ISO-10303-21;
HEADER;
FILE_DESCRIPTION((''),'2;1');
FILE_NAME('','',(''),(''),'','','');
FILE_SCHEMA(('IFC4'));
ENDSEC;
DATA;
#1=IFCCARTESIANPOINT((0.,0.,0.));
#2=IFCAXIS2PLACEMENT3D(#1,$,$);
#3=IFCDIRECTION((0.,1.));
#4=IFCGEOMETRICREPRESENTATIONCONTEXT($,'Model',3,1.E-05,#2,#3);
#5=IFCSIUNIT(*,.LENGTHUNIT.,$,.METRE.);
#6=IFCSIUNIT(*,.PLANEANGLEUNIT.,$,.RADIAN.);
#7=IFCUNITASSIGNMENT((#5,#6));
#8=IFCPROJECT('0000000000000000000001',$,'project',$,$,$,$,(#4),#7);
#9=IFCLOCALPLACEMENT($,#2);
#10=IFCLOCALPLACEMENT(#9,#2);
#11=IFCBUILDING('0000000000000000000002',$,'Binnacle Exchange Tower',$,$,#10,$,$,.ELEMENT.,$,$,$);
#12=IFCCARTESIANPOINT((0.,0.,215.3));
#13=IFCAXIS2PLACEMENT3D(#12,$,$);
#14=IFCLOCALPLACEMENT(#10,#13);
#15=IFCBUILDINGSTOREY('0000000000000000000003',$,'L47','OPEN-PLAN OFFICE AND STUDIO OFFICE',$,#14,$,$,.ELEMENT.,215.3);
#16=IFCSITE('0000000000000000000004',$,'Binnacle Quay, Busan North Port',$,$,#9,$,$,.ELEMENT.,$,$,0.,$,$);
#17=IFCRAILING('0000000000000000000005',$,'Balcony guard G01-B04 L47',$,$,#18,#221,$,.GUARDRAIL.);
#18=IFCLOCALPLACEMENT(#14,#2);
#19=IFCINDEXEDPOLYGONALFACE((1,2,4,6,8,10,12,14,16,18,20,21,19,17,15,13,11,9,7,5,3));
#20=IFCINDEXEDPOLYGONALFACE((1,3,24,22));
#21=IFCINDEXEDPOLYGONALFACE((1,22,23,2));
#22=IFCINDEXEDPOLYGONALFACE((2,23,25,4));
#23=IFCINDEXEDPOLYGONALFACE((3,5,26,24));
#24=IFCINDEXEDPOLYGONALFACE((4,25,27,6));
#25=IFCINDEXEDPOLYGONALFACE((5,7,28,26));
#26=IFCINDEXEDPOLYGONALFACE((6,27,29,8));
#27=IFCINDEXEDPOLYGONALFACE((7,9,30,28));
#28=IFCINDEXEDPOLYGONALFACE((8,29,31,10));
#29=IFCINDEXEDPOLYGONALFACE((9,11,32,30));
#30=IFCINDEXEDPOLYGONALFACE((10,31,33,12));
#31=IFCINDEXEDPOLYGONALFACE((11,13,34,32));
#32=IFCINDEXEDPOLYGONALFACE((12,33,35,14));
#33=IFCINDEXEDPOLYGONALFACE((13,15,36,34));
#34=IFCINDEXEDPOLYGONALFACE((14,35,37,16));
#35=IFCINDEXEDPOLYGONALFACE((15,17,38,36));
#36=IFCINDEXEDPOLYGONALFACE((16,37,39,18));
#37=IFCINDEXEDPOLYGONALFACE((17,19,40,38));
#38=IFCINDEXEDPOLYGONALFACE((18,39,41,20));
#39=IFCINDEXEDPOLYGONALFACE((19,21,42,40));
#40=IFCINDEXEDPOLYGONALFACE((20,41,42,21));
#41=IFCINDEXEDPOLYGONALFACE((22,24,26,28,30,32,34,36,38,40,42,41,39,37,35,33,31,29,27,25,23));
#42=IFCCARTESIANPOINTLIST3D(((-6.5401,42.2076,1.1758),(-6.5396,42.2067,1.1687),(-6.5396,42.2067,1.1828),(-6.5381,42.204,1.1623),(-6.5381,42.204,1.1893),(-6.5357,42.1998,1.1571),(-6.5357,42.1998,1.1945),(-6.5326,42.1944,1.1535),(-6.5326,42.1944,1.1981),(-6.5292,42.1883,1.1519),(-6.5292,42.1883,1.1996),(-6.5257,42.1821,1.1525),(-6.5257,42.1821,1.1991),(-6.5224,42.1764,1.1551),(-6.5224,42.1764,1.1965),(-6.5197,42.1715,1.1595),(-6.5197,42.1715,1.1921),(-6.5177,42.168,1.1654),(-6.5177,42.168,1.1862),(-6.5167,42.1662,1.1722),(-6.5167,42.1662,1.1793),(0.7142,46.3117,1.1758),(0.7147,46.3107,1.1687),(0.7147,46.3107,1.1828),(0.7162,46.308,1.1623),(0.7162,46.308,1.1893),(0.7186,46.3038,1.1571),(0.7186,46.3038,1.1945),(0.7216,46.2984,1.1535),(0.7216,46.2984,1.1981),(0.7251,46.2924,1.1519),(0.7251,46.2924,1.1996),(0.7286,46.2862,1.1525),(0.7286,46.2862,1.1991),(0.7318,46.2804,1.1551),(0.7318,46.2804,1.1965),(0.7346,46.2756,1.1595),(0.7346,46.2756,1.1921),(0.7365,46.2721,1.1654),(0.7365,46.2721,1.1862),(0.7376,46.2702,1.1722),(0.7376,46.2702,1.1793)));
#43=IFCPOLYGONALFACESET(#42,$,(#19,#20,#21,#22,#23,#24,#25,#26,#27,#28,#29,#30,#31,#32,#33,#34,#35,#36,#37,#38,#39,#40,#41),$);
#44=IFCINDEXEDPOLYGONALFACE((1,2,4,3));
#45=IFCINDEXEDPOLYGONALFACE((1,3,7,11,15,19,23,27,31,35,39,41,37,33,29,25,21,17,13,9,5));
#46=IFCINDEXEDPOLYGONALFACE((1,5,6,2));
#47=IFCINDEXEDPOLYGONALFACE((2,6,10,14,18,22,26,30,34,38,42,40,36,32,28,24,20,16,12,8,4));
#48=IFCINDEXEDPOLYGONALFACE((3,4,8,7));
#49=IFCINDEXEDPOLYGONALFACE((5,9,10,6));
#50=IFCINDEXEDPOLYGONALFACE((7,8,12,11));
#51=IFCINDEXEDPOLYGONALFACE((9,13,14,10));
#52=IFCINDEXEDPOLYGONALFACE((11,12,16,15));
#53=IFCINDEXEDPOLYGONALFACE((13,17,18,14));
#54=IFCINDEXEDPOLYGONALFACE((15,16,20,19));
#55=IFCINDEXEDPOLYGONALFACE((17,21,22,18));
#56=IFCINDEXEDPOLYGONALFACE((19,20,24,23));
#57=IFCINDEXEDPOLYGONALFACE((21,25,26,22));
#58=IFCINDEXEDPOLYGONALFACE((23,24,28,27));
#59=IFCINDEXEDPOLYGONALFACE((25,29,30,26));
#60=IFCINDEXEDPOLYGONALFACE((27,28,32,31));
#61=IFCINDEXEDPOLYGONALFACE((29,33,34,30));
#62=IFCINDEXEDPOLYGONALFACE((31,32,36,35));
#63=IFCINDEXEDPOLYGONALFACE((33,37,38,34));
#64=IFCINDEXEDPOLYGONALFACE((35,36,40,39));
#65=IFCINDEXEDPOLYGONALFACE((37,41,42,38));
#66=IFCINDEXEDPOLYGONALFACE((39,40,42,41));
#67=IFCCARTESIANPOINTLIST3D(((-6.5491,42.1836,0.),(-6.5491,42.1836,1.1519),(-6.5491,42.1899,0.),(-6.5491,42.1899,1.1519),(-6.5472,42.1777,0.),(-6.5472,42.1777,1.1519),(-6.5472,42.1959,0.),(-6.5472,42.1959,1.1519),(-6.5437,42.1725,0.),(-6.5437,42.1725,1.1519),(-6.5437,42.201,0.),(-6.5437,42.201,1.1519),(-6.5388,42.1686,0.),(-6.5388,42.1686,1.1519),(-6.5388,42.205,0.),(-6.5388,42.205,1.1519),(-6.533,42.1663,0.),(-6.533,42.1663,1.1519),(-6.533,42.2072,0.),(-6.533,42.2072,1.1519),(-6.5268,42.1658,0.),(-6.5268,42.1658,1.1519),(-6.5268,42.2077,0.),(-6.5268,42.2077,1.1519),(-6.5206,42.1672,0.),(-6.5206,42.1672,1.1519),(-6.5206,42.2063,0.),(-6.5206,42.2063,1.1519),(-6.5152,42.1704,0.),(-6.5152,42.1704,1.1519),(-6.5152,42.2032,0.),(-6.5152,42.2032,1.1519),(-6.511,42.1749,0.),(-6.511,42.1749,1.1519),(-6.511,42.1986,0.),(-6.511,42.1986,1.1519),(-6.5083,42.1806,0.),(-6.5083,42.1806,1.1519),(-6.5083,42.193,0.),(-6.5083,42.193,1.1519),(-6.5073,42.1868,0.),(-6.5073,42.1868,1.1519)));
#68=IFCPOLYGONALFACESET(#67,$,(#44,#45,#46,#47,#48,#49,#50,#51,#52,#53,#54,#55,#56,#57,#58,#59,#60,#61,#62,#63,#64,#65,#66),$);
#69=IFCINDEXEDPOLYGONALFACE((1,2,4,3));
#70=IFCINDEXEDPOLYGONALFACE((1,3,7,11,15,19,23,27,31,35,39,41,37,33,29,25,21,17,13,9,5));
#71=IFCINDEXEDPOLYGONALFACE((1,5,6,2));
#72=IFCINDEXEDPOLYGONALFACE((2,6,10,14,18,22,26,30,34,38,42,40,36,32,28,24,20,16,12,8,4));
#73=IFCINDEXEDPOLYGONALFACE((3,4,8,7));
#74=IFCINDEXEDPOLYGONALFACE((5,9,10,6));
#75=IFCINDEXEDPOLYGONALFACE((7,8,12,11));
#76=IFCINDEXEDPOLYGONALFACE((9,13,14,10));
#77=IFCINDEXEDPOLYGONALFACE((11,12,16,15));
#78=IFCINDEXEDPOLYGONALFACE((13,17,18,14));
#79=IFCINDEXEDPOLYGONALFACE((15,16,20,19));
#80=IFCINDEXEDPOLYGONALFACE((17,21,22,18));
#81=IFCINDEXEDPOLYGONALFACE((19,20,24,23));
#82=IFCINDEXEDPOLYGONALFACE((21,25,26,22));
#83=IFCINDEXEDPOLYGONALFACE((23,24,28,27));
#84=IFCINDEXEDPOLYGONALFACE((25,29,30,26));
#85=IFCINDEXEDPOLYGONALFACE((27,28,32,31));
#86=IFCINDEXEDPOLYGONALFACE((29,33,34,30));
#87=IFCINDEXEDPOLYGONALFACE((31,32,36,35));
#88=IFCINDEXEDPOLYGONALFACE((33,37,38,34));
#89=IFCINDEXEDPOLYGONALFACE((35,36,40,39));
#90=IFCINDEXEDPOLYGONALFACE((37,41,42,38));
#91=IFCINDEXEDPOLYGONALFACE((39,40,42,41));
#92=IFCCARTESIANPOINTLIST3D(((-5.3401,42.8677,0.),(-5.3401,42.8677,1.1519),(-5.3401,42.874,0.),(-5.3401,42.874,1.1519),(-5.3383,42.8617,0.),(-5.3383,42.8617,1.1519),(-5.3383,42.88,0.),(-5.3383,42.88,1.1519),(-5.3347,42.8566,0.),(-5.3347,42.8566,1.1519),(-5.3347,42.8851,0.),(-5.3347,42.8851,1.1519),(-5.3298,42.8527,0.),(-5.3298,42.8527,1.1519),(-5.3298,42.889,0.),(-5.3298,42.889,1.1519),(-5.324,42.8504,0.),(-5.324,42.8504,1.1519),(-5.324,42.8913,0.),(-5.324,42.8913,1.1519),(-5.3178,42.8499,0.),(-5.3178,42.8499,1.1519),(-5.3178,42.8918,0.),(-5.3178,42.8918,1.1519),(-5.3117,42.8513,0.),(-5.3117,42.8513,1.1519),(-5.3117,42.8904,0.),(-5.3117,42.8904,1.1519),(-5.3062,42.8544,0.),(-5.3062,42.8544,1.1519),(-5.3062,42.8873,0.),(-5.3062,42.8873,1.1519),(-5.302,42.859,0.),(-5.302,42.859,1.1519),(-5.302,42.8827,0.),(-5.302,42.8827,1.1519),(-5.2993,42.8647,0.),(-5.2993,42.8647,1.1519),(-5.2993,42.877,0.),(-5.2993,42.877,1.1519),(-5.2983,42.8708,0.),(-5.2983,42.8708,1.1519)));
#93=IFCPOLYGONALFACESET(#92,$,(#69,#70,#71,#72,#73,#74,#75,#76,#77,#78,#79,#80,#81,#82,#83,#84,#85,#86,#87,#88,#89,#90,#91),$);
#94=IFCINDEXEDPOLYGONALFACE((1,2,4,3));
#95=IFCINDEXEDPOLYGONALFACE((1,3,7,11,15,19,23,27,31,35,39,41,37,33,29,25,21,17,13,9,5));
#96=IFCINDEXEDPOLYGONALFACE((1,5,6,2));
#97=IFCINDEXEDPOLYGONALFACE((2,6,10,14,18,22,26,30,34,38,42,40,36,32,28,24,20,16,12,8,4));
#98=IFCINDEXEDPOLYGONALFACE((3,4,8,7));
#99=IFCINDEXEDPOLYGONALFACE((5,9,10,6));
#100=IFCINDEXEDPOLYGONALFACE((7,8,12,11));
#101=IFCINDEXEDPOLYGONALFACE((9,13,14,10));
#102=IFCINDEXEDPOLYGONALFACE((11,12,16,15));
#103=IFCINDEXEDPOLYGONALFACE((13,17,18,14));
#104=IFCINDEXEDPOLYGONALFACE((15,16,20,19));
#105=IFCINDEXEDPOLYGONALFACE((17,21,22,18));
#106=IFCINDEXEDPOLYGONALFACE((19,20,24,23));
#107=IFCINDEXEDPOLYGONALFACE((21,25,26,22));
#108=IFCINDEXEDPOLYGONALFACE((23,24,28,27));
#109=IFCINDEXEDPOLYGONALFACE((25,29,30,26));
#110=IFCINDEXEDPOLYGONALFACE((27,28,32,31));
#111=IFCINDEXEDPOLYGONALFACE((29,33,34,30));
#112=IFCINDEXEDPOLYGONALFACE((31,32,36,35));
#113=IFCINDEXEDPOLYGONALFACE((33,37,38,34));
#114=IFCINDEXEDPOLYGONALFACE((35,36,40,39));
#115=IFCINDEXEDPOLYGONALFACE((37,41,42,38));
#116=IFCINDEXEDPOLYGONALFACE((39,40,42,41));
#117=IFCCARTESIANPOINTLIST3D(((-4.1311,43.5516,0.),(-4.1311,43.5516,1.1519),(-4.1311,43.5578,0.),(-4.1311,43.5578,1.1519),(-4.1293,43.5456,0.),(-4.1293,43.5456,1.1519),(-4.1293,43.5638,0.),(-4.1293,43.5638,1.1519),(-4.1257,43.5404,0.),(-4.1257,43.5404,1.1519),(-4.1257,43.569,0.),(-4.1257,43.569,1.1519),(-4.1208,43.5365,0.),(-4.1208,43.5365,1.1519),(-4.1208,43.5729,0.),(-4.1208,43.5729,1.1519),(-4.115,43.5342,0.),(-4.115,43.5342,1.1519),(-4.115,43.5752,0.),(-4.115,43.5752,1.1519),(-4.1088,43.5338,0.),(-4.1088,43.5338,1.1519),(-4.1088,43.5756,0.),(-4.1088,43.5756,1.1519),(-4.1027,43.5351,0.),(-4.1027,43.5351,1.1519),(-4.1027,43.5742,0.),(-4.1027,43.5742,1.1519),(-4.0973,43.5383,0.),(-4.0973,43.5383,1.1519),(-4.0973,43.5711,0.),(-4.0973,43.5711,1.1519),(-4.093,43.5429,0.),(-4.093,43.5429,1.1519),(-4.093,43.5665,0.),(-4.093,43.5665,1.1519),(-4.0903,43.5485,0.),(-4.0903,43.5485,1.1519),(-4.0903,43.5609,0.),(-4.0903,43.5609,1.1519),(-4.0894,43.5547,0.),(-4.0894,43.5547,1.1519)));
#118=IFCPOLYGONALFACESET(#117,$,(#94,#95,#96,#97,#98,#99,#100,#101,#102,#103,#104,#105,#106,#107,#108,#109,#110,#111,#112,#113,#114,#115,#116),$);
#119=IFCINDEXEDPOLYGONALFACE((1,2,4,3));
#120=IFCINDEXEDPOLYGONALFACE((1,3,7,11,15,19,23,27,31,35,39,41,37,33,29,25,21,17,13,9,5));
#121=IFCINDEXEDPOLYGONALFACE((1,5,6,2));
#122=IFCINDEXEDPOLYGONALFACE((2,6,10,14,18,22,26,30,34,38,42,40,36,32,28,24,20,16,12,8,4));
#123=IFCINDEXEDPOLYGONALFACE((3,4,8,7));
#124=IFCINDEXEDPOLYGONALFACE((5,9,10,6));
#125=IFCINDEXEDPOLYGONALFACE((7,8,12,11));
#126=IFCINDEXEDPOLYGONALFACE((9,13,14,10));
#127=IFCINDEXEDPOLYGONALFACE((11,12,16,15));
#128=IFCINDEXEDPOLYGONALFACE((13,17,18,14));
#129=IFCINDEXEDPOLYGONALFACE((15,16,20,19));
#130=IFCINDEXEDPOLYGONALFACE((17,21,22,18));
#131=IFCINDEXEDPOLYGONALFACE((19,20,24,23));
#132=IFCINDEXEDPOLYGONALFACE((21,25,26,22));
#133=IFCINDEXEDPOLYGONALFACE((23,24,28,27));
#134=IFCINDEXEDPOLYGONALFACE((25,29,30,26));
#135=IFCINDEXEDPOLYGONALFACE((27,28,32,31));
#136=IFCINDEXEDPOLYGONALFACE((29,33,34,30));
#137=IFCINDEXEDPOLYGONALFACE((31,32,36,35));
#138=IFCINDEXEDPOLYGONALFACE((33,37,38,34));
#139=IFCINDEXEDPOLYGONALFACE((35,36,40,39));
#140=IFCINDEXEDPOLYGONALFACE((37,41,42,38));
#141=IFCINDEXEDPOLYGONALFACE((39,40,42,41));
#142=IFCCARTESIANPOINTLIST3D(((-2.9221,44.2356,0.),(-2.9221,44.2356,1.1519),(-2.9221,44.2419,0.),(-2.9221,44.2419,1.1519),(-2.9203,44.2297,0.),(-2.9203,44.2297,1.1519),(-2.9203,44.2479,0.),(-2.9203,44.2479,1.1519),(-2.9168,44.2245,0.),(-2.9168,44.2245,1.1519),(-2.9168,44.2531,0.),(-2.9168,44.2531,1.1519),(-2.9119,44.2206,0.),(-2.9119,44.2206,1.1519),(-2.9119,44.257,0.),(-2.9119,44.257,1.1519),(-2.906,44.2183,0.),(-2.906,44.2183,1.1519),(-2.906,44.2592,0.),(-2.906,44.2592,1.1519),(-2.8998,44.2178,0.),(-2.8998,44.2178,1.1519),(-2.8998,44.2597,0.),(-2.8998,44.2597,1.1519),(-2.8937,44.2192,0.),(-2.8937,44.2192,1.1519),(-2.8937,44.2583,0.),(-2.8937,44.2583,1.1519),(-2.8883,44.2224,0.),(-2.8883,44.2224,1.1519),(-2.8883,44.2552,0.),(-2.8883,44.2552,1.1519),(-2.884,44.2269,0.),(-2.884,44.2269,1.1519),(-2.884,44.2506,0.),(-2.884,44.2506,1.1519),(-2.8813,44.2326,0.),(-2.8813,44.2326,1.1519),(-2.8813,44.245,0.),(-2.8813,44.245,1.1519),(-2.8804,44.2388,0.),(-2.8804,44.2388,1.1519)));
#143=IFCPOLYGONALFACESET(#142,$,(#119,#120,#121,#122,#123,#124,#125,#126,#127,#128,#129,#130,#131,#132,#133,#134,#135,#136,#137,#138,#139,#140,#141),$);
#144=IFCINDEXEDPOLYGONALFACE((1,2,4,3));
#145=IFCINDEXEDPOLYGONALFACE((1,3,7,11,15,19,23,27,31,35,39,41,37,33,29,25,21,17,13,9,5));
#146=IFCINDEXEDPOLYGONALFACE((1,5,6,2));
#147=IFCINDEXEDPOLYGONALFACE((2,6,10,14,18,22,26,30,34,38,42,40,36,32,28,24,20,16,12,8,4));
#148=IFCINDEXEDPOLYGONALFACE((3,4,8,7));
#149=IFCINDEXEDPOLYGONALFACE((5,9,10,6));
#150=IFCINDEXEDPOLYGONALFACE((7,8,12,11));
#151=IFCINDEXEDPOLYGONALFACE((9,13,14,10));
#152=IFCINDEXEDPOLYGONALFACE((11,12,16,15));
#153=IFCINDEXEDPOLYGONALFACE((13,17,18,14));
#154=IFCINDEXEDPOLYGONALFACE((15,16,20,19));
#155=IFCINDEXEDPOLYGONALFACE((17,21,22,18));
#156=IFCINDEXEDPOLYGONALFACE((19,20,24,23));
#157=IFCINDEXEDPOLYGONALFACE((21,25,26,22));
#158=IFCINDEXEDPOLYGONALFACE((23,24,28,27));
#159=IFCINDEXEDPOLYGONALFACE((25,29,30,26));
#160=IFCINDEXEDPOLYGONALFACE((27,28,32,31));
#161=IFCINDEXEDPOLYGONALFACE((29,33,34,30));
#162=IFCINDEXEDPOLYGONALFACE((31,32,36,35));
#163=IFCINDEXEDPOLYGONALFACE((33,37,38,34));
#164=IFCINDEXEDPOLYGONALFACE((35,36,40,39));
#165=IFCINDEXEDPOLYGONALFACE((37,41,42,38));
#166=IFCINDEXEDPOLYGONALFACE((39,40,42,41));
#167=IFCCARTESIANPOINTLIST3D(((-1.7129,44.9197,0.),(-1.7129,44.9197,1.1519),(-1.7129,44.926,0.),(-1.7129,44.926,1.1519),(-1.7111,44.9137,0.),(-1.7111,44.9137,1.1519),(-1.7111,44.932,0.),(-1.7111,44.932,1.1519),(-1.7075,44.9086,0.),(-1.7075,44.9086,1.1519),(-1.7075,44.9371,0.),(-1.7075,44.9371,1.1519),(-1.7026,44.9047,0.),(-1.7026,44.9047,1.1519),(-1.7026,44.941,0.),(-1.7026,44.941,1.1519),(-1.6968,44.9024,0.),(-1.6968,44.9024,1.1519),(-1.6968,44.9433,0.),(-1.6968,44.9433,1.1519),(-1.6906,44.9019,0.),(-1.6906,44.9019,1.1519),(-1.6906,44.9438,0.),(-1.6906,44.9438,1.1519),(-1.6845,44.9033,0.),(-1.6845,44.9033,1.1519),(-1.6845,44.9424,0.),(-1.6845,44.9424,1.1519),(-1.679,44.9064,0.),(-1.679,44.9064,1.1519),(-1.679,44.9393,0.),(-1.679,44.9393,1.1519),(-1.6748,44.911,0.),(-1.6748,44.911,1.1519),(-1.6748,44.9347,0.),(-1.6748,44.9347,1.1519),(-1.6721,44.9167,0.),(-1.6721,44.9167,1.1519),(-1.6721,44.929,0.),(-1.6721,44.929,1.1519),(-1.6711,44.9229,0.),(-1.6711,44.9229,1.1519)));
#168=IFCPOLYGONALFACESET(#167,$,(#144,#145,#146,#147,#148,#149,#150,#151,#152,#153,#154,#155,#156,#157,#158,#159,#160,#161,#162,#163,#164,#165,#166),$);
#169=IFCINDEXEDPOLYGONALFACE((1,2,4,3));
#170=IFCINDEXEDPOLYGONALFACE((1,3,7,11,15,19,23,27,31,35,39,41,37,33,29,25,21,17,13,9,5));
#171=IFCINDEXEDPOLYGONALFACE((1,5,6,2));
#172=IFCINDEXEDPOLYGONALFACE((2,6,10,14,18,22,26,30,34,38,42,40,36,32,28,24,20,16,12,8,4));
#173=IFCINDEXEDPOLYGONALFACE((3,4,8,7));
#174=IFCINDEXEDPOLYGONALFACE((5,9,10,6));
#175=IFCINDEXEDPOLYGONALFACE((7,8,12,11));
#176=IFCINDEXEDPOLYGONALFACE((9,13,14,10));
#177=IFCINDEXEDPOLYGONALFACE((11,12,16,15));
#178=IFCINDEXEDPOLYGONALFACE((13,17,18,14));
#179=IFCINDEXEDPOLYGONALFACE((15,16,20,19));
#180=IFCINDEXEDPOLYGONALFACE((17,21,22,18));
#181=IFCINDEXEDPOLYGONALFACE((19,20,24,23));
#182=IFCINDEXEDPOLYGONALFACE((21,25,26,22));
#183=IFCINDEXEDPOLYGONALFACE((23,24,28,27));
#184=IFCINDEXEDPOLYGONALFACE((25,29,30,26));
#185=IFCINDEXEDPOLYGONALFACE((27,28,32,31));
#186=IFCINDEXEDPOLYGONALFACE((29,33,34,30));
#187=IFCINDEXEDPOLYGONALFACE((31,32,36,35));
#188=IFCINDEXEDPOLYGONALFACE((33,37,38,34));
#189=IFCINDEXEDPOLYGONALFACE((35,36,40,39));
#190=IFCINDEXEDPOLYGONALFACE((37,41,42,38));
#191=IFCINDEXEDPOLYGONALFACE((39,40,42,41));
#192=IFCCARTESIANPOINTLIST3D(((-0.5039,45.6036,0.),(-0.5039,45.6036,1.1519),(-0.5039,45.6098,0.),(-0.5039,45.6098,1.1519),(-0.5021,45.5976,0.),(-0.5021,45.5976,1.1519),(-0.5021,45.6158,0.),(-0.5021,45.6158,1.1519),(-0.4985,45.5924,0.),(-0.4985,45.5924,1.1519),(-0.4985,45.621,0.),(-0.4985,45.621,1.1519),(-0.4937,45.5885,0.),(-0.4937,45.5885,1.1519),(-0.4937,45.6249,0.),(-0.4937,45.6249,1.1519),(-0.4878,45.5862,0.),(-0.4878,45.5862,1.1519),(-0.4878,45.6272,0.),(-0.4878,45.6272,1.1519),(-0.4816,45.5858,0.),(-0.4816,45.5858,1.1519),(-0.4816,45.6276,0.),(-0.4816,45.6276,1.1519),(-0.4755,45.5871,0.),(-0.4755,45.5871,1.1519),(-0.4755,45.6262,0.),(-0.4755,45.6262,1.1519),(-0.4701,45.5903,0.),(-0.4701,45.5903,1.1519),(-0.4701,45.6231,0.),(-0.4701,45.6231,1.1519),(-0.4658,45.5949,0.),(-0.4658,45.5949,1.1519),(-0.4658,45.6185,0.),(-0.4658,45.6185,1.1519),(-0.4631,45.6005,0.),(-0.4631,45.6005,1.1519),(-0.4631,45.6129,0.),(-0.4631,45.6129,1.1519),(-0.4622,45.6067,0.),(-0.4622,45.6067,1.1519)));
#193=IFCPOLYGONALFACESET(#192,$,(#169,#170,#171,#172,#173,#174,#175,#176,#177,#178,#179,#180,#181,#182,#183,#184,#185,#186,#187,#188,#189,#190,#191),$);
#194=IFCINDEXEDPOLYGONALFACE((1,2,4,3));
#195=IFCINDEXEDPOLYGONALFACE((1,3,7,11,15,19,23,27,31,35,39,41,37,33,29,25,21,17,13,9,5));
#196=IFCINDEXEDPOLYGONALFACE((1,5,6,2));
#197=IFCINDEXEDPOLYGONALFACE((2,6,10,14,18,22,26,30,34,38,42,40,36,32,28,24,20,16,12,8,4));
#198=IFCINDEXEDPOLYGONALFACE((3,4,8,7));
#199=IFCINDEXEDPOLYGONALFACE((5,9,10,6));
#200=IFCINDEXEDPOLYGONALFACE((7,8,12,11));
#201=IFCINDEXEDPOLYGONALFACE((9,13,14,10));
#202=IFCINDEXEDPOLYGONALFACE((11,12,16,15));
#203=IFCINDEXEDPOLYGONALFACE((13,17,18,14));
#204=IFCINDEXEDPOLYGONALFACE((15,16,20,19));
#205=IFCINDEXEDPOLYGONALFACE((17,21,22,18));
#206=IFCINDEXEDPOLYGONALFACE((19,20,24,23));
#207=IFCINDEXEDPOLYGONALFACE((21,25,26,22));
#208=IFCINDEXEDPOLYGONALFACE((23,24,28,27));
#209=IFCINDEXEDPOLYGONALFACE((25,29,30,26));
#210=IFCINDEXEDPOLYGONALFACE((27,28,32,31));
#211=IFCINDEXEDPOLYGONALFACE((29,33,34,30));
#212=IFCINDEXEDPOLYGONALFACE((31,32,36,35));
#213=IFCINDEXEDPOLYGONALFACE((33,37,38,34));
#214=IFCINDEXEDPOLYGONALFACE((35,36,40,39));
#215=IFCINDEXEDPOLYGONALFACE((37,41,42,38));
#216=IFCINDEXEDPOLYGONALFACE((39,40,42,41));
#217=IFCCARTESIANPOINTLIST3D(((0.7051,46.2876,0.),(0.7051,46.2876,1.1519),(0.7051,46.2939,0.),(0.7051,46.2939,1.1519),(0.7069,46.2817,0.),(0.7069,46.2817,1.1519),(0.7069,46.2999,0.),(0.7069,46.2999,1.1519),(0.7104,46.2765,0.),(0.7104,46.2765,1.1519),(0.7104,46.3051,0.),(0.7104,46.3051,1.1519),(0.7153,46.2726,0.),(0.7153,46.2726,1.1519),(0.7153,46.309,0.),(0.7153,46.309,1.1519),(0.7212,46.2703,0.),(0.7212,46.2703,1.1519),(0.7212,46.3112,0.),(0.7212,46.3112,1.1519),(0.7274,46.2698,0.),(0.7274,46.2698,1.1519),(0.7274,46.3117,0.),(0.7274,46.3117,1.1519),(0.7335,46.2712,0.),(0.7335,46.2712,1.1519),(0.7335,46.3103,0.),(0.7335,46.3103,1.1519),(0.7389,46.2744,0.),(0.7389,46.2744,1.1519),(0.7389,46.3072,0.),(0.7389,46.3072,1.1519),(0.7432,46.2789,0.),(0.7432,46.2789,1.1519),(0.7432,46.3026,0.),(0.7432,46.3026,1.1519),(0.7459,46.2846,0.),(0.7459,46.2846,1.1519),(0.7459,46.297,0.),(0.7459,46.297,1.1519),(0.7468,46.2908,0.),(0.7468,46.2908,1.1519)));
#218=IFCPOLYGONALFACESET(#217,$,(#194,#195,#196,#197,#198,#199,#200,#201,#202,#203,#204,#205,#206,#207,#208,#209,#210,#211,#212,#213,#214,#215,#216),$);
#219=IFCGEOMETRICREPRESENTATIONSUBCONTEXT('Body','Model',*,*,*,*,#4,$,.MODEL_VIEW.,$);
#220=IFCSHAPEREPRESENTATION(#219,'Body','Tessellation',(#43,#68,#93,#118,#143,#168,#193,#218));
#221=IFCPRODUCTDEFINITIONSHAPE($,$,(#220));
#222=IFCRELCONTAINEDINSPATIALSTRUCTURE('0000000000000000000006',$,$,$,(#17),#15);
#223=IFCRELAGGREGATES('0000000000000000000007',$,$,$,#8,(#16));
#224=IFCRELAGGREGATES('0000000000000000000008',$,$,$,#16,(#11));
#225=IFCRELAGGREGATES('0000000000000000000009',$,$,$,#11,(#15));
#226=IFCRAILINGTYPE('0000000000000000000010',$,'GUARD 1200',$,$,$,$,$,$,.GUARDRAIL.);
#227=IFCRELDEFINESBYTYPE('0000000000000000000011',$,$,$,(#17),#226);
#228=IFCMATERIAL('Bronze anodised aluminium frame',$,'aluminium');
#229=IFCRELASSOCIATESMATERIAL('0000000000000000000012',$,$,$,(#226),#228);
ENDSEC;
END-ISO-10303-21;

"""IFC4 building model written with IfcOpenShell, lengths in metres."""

from ifc_helpers import new_model, si_unit, direction, frame, origin, origin_2d, place, context, subcontext, project, spatial, circle, extrude, material, type_object, element, save


model = new_model("IFC4")

# Units and contexts
model_context = context("Model", 3, precision=1e-05, world=origin(), true_north=direction((0.0, 1.0)))
body_context = subcontext(model_context, "Body", "Model", "MODEL_VIEW")
ifc_project = project(units=[si_unit("LENGTHUNIT", "METRE"), si_unit("PLANEANGLEUNIT", "RADIAN")], contexts=[model_context])

# Site, building, storey
site_placement = place(None, origin())
site = spatial("IfcSite", under=ifc_project, at=site_placement, Name="Binnacle Quay, Busan North Port", CompositionType="ELEMENT", RefElevation=0.0)
building_placement = place(site_placement, origin())
building = spatial("IfcBuilding", under=site, at=building_placement, Name="Binnacle Exchange Tower", CompositionType="ELEMENT")
storey_placement = place(building_placement, frame((0.0, 0.0, 215.3)))
storey = spatial("IfcBuildingStorey", under=building, at=storey_placement, Name="L47", Description="OPEN-PLAN OFFICE AND STUDIO OFFICE", CompositionType="ELEMENT", Elevation=215.3)

# Railing
ifc_material_1 = material(Name="Bronze anodised aluminium frame", Category="aluminium")
railing_type = type_object("IfcRailingType", Name="GUARD 1200", PredefinedType="GUARDRAIL", material=ifc_material_1)
railing_1_placement = place(storey_placement, frame((-6.5283, 42.1868, 0.0)))
element("IfcRailing", 1, at=railing_1_placement, inside=storey, type_object=railing_type, Name="Balcony guard G01-B04 L47", PredefinedType="GUARDRAIL", context=body_context, shape_type="SweptSolid", body=[
    extrude(circle(Radius=0.0239, at=origin_2d()), frame((0.0, 0.0, 1.1758), z_axis=(0.870366, 0.492406, 0.0), x_axis=(-0.492406, 0.870366, 0.0)), (0.0, 0.0, 1.0), 8.3347),
    extrude(circle(Radius=0.021, at=origin_2d()), origin(), (0.0, 0.0, 1.0), 1.1519),
    extrude(circle(Radius=0.021, at=origin_2d()), frame((1.209, 0.6841, 0.0)), (0.0, 0.0, 1.0), 1.1519),
    extrude(circle(Radius=0.021, at=origin_2d()), frame((2.418, 1.3679, 0.0)), (0.0, 0.0, 1.0), 1.1519),
    extrude(circle(Radius=0.021, at=origin_2d()), frame((3.627, 2.052, 0.0)), (0.0, 0.0, 1.0), 1.1519),
    extrude(circle(Radius=0.021, at=origin_2d()), frame((4.8362, 2.7361, 0.0)), (0.0, 0.0, 1.0), 1.1519),
    extrude(circle(Radius=0.021, at=origin_2d()), frame((6.0452, 3.4199, 0.0)), (0.0, 0.0, 1.0), 1.1519),
    extrude(circle(Radius=0.021, at=origin_2d()), frame((7.2542, 4.104, 0.0)), (0.0, 0.0, 1.0), 1.1519),
])

save(model, "model.ifc")
